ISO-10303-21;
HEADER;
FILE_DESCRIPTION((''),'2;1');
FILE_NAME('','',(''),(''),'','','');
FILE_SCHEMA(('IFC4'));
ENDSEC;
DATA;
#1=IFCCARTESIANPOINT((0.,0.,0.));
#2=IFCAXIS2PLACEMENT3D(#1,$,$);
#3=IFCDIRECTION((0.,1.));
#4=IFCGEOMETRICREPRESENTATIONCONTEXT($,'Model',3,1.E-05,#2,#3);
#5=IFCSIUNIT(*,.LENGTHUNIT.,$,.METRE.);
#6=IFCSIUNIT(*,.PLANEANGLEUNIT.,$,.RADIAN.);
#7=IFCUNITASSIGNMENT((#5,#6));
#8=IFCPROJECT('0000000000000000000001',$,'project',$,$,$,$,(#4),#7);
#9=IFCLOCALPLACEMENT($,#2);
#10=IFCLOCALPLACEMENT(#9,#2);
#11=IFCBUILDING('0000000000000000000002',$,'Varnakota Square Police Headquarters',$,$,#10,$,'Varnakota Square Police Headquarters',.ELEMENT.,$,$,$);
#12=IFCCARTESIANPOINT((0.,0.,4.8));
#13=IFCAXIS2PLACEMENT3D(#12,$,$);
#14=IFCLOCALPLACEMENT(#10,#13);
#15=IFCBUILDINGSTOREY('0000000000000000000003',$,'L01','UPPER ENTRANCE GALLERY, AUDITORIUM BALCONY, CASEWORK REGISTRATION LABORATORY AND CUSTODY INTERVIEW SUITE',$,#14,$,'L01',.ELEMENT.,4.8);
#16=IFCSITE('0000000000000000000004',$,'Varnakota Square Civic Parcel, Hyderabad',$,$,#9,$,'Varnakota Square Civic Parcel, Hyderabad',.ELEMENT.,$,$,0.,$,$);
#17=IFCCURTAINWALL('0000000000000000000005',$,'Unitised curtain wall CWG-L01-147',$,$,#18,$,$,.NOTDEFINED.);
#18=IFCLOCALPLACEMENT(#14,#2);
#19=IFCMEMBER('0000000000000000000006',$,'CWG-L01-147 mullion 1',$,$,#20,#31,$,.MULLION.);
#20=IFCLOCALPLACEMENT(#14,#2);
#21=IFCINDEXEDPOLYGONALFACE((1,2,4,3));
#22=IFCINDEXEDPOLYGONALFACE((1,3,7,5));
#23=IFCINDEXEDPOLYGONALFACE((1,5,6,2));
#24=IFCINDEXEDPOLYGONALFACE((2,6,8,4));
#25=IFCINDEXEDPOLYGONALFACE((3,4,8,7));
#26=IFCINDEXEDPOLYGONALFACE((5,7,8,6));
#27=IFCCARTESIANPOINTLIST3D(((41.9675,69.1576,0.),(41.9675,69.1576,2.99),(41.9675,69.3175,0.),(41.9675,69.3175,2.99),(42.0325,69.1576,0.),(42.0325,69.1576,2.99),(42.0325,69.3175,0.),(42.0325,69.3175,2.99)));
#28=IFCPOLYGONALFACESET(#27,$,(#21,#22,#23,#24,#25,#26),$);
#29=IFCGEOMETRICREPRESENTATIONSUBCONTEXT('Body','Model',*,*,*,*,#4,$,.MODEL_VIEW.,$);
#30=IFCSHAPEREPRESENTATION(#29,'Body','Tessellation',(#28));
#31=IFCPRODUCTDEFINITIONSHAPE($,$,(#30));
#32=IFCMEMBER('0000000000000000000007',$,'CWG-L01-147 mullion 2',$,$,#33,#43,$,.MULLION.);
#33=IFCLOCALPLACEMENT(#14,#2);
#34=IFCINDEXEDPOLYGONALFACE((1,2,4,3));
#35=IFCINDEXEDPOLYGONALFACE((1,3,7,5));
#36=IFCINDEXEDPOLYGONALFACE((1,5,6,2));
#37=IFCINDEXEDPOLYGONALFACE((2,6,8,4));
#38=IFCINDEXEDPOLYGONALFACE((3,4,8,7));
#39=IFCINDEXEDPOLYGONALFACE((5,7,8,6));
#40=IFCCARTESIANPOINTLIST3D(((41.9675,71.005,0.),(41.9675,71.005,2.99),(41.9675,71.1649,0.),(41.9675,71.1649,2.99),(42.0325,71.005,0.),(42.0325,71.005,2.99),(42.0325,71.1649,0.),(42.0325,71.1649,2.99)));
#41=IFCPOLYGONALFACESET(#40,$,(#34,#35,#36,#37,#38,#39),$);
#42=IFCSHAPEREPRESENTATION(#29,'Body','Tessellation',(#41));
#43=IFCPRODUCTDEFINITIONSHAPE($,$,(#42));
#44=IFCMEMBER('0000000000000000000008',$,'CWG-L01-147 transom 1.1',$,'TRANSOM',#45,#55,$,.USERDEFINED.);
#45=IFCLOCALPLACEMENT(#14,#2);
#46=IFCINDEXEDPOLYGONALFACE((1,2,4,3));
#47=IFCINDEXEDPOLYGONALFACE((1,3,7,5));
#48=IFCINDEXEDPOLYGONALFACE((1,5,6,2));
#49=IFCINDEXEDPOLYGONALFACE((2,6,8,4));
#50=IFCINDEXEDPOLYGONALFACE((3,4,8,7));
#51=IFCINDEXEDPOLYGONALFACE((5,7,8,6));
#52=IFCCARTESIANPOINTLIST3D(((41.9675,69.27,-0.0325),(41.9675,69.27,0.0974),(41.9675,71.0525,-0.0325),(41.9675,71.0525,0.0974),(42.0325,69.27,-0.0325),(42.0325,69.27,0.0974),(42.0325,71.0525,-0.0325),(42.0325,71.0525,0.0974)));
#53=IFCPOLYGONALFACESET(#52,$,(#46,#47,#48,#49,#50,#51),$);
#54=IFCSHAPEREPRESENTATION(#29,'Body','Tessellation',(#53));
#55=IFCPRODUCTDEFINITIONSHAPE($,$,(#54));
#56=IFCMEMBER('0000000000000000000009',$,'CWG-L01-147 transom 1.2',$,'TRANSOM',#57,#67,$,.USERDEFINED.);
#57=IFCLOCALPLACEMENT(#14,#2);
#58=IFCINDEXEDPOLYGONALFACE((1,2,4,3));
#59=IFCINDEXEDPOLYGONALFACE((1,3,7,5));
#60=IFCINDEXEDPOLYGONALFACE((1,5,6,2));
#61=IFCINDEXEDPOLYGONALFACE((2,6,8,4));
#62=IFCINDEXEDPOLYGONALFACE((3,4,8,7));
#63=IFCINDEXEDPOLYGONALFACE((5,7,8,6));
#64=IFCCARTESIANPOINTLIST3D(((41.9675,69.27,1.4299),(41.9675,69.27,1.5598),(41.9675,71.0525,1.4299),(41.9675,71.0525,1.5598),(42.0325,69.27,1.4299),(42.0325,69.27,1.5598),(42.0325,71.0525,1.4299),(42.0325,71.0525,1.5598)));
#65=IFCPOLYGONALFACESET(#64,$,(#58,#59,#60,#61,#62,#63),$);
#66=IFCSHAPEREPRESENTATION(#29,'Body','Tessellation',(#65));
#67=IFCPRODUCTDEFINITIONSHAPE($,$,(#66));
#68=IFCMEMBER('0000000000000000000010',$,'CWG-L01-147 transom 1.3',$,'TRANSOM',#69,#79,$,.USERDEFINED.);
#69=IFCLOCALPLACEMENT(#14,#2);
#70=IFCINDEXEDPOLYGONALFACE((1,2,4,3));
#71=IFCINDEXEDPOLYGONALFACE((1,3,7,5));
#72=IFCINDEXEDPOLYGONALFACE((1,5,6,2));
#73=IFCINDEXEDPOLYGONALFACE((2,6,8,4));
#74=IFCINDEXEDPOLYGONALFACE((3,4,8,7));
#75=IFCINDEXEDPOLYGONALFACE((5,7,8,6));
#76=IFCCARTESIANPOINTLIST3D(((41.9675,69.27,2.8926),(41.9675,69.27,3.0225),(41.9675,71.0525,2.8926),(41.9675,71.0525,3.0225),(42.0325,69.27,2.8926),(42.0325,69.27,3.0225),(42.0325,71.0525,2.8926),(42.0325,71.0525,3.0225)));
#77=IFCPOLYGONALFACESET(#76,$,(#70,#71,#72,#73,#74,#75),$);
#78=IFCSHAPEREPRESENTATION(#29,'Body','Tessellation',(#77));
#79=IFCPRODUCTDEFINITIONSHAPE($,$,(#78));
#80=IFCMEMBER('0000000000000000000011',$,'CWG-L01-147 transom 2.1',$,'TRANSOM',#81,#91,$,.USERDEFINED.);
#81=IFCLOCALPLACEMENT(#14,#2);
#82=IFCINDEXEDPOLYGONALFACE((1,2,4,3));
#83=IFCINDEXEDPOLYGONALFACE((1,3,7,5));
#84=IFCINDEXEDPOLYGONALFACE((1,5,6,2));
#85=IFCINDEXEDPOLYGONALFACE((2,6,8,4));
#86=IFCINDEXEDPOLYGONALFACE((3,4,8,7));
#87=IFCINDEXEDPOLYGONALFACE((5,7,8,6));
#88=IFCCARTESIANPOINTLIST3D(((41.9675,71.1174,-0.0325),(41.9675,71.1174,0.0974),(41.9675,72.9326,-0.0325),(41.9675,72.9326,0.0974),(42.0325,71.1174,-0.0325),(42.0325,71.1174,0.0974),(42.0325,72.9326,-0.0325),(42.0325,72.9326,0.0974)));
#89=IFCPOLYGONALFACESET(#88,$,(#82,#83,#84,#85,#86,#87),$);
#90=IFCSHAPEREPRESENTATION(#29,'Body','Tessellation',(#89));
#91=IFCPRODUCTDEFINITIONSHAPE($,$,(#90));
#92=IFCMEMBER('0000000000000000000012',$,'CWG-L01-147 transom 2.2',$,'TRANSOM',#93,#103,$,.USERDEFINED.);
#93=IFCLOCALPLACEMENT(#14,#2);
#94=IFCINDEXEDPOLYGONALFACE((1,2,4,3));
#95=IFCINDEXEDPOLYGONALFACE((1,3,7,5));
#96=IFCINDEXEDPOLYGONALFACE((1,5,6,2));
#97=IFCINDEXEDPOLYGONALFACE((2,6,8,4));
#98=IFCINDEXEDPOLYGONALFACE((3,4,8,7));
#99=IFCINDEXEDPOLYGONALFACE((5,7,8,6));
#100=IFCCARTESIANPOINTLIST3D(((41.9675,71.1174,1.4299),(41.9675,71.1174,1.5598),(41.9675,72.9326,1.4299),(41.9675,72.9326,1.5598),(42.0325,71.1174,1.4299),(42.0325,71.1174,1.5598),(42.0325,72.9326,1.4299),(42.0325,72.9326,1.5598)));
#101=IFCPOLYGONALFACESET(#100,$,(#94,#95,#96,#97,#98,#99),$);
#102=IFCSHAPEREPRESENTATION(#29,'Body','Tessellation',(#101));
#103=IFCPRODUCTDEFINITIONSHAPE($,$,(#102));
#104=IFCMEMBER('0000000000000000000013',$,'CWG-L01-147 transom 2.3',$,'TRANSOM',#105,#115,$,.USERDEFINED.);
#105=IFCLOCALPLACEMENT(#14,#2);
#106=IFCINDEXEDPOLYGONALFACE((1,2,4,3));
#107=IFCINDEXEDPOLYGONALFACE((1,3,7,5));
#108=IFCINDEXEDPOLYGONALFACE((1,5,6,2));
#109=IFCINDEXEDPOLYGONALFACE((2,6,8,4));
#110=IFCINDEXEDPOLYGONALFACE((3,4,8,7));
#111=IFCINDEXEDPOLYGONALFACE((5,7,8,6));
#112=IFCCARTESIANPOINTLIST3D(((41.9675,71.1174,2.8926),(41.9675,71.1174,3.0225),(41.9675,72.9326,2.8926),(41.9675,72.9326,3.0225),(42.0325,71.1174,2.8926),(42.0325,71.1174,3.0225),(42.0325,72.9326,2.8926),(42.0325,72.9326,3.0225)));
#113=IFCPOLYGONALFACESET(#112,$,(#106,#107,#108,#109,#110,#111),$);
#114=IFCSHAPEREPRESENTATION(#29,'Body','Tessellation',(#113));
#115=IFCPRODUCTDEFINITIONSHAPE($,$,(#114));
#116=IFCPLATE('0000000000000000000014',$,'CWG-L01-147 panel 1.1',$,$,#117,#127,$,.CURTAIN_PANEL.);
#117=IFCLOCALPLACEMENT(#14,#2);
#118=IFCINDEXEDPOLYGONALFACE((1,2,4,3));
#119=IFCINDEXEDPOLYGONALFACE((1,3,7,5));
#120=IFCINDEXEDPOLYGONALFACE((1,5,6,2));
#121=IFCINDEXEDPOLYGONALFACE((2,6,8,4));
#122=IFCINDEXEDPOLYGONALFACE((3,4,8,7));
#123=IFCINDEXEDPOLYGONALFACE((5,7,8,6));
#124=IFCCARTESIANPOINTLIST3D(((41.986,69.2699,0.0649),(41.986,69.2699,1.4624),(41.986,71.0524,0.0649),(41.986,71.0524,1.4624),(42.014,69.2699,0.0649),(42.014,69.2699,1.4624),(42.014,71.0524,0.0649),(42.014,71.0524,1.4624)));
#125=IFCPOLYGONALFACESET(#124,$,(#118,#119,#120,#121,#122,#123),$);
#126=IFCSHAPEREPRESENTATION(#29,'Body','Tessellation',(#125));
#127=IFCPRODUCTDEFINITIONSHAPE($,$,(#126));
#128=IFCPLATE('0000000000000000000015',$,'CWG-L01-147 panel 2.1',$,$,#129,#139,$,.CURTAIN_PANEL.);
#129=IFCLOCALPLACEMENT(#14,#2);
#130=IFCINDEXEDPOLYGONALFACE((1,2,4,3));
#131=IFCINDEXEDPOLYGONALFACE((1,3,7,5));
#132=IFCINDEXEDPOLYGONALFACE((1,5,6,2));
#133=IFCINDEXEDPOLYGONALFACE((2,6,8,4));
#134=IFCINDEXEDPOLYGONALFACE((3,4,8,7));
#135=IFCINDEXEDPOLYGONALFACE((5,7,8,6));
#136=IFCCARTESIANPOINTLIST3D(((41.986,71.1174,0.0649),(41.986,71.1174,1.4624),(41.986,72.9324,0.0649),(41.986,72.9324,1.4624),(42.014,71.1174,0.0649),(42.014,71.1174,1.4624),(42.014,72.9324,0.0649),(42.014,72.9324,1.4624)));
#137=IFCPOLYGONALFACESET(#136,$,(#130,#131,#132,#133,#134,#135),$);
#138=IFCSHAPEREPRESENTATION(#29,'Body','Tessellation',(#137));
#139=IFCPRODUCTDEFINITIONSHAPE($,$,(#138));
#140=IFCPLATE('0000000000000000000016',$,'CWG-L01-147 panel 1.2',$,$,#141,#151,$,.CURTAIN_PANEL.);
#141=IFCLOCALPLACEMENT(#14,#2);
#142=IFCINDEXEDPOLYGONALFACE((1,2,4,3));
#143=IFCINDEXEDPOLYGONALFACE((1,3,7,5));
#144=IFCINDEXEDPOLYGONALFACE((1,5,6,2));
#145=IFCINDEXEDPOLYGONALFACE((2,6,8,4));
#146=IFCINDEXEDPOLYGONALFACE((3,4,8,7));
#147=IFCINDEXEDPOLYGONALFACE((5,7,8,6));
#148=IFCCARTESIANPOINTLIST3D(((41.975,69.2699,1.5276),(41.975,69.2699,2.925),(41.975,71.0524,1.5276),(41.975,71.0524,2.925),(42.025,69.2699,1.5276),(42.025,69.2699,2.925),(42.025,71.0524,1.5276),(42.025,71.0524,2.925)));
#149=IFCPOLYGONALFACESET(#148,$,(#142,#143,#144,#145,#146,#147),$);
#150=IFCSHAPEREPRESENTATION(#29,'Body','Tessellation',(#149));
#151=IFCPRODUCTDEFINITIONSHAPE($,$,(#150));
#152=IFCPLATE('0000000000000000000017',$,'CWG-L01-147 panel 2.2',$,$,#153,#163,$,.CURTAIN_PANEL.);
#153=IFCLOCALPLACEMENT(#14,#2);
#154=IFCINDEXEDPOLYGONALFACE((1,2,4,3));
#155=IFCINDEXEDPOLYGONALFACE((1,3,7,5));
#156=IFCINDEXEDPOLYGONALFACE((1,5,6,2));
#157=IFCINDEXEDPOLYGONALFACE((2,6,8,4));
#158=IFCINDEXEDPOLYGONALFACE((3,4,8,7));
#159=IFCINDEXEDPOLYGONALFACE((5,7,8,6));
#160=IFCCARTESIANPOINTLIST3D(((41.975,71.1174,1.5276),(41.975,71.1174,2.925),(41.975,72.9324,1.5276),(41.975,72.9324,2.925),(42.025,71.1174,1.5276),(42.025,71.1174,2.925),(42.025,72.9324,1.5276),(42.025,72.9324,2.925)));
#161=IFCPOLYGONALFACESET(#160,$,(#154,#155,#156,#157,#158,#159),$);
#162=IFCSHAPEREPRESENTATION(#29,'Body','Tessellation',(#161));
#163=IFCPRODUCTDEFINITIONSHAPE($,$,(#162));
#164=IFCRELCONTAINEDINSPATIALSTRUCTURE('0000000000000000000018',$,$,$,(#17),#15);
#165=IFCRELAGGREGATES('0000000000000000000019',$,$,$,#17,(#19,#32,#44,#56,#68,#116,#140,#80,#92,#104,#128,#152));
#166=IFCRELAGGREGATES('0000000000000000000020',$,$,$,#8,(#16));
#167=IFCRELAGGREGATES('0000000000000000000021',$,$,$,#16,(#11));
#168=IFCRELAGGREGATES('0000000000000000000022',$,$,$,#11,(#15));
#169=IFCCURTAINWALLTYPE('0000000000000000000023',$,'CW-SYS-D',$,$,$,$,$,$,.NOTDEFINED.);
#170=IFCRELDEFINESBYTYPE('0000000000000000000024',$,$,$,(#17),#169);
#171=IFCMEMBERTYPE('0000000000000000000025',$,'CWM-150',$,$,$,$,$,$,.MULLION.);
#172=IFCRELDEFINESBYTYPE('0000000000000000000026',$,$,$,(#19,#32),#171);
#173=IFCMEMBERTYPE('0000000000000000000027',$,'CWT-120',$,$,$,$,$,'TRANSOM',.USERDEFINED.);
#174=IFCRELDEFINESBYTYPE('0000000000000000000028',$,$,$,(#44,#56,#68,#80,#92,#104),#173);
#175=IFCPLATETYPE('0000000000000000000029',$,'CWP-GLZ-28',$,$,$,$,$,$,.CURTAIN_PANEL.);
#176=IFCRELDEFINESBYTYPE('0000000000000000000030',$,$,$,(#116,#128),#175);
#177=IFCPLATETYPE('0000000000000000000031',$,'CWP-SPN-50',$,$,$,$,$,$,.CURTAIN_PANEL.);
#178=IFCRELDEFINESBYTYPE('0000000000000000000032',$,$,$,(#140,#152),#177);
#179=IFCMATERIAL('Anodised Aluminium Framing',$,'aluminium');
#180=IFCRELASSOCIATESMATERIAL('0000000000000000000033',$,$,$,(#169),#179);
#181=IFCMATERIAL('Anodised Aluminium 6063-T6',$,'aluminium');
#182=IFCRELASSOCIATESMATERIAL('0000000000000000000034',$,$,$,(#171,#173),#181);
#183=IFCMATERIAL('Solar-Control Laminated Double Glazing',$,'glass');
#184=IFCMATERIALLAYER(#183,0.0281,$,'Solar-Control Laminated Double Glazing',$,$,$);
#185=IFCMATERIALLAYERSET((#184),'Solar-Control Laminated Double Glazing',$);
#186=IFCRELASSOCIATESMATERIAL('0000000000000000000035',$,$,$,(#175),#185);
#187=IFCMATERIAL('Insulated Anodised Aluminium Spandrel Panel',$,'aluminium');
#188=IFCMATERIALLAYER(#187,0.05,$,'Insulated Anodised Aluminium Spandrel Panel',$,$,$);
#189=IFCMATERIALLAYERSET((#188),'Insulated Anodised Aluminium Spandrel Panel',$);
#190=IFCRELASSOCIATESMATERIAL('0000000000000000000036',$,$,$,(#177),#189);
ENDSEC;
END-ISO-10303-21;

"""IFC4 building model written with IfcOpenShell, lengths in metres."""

from ifc_helpers import new_model, si_unit, direction, frame, origin, origin_2d, place, context, subcontext, project, spatial, rectangle, extrude, material, layer, layer_set, material_profile, profile_set, type_object, element, aggregate, save


model = new_model("IFC4")

# Units and contexts
model_context = context("Model", 3, precision=1e-05, world=origin(), true_north=direction((0.0, 1.0)))
body_context = subcontext(model_context, "Body", "Model", "MODEL_VIEW")
ifc_project = project(units=[si_unit("LENGTHUNIT", "METRE"), si_unit("PLANEANGLEUNIT", "RADIAN")], contexts=[model_context])

# Site, building, storey
site_placement = place(None, origin())
site = spatial("IfcSite", under=ifc_project, at=site_placement, Name="Varnakota Square Civic Parcel, Hyderabad", LongName="Varnakota Square Civic Parcel, Hyderabad", CompositionType="ELEMENT", RefElevation=0.0)
building_placement = place(site_placement, origin())
building = spatial("IfcBuilding", under=site, at=building_placement, Name="Varnakota Square Police Headquarters", LongName="Varnakota Square Police Headquarters", CompositionType="ELEMENT")
storey_placement = place(building_placement, frame((0.0, 0.0, 4.8)))
storey = spatial("IfcBuildingStorey", under=building, at=storey_placement, Name="L01", Description="UPPER ENTRANCE GALLERY, AUDITORIUM BALCONY, CASEWORK REGISTRATION LABORATORY AND CUSTODY INTERVIEW SUITE", LongName="L01", CompositionType="ELEMENT", Elevation=4.8)

# Curtain wall, members, plates
ifc_material_1 = material(Name="Anodised Aluminium Framing", Category="aluminium")
curtain_wall_type = type_object("IfcCurtainWallType", Name="CW-SYS-D", PredefinedType="NOTDEFINED", material=ifc_material_1)
curtain_wall_placement = place(storey_placement, origin())
curtain_wall = element("IfcCurtainWall", 1, at=curtain_wall_placement, inside=storey, type_object=curtain_wall_type, Name="Unitised curtain wall CWG-L01-147", PredefinedType="NOTDEFINED")
ifc_material_2 = material(Name="Anodised Aluminium 6063-T6", Category="aluminium")
ifc_material_profile_1 = material_profile(ifc_material_2, rectangle(XDim=0.0649, YDim=0.1599, at=origin_2d()), Name="ALU MULLION 65x160")
ifc_profile_set_1 = profile_set([ifc_material_profile_1], Name="Anodised Aluminium 6063-T6")
member_type_1 = type_object("IfcMemberType", Name="CWM-150", PredefinedType="MULLION", material=ifc_profile_set_1)
member_1_placement = place(storey_placement, frame((42.0, 69.2375, 0.0), z_axis=(0.0, 0.0, 1.0), x_axis=(-1.0, 0.0, 0.0)))
member_1 = element("IfcMember", 2, at=member_1_placement, type_object=member_type_1, Name="CWG-L01-147 mullion 1", PredefinedType="MULLION", context=body_context, shape_type="SweptSolid", body=[
    extrude(rectangle(XDim=0.0649, YDim=0.1599, at=origin_2d()), origin(), (0.0, 0.0, 1.0), 2.99),
])
member_2_placement = place(storey_placement, frame((42.0, 71.085, 0.0), z_axis=(0.0, 0.0, 1.0), x_axis=(-1.0, 0.0, 0.0)))
member_2 = element("IfcMember", 3, at=member_2_placement, type_object=member_type_1, Name="CWG-L01-147 mullion 2", PredefinedType="MULLION", context=body_context, shape_type="SweptSolid", body=[
    extrude(rectangle(XDim=0.0649, YDim=0.1599, at=origin_2d()), origin(), (0.0, 0.0, 1.0), 2.99),
])
ifc_material_profile_2 = material_profile(ifc_material_2, rectangle(XDim=0.0649, YDim=0.1299, at=origin_2d()), Name="ALU TRANSOM 65x130")
ifc_profile_set_2 = profile_set([ifc_material_profile_2], Name="Anodised Aluminium 6063-T6")
member_type_2 = type_object("IfcMemberType", Name="CWT-120", ElementType="TRANSOM", PredefinedType="USERDEFINED", material=ifc_profile_set_2)
member_3_placement = place(storey_placement, frame((42.0, 69.27, 0.0325), z_axis=(0.0, 1.0, 0.0), x_axis=(-1.0, 0.0, 0.0)))
member_3 = element("IfcMember", 4, at=member_3_placement, type_object=member_type_2, Name="CWG-L01-147 transom 1.1", ObjectType="TRANSOM", PredefinedType="USERDEFINED", context=body_context, shape_type="SweptSolid", body=[
    extrude(rectangle(XDim=0.0649, YDim=0.1299, at=origin_2d()), origin(), (0.0, 0.0, 1.0), 1.7825),
])
member_4_placement = place(storey_placement, frame((42.0, 69.27, 1.4949), z_axis=(0.0, 1.0, 0.0), x_axis=(-1.0, 0.0, 0.0)))
member_4 = element("IfcMember", 5, at=member_4_placement, type_object=member_type_2, Name="CWG-L01-147 transom 1.2", ObjectType="TRANSOM", PredefinedType="USERDEFINED", context=body_context, shape_type="SweptSolid", body=[
    extrude(rectangle(XDim=0.0649, YDim=0.1299, at=origin_2d()), origin(), (0.0, 0.0, 1.0), 1.7825),
])
member_5_placement = place(storey_placement, frame((42.0, 69.27, 2.9575), z_axis=(0.0, 1.0, 0.0), x_axis=(-1.0, 0.0, 0.0)))
member_5 = element("IfcMember", 6, at=member_5_placement, type_object=member_type_2, Name="CWG-L01-147 transom 1.3", ObjectType="TRANSOM", PredefinedType="USERDEFINED", context=body_context, shape_type="SweptSolid", body=[
    extrude(rectangle(XDim=0.0649, YDim=0.1299, at=origin_2d()), origin(), (0.0, 0.0, 1.0), 1.7825),
])
member_6_placement = place(storey_placement, frame((42.0, 71.1174, 0.0325), z_axis=(0.0, 1.0, 0.0), x_axis=(-1.0, 0.0, 0.0)))
member_6 = element("IfcMember", 7, at=member_6_placement, type_object=member_type_2, Name="CWG-L01-147 transom 2.1", ObjectType="TRANSOM", PredefinedType="USERDEFINED", context=body_context, shape_type="SweptSolid", body=[
    extrude(rectangle(XDim=0.0649, YDim=0.1299, at=origin_2d()), origin(), (0.0, 0.0, 1.0), 1.8152),
])
member_7_placement = place(storey_placement, frame((42.0, 71.1174, 1.4949), z_axis=(0.0, 1.0, 0.0), x_axis=(-1.0, 0.0, 0.0)))
member_7 = element("IfcMember", 8, at=member_7_placement, type_object=member_type_2, Name="CWG-L01-147 transom 2.2", ObjectType="TRANSOM", PredefinedType="USERDEFINED", context=body_context, shape_type="SweptSolid", body=[
    extrude(rectangle(XDim=0.0649, YDim=0.1299, at=origin_2d()), origin(), (0.0, 0.0, 1.0), 1.8152),
])
member_8_placement = place(storey_placement, frame((42.0, 71.1174, 2.9575), z_axis=(0.0, 1.0, 0.0), x_axis=(-1.0, 0.0, 0.0)))
member_8 = element("IfcMember", 9, at=member_8_placement, type_object=member_type_2, Name="CWG-L01-147 transom 2.3", ObjectType="TRANSOM", PredefinedType="USERDEFINED", context=body_context, shape_type="SweptSolid", body=[
    extrude(rectangle(XDim=0.0649, YDim=0.1299, at=origin_2d()), origin(), (0.0, 0.0, 1.0), 1.8152),
])
ifc_material_3 = material(Name="Solar-Control Laminated Double Glazing", Category="glass")
ifc_layer_1 = layer(ifc_material_3, 0.0281, Name="Solar-Control Laminated Double Glazing")
ifc_layer_set_1 = layer_set([ifc_layer_1], Name="Solar-Control Laminated Double Glazing")
plate_type_1 = type_object("IfcPlateType", Name="CWP-GLZ-28", PredefinedType="CURTAIN_PANEL", material=ifc_layer_set_1)
plate_1_placement = place(storey_placement, frame((42.0, 70.1611, 0.0649), z_axis=(0.0, 0.0, 1.0), x_axis=(0.0, 1.0, 0.0)))
plate_1 = element("IfcPlate", 10, at=plate_1_placement, type_object=plate_type_1, Name="CWG-L01-147 panel 1.1", PredefinedType="CURTAIN_PANEL", context=body_context, shape_type="SweptSolid", body=[
    extrude(rectangle(XDim=1.7825, YDim=0.0281, at=origin_2d()), origin(), (0.0, 0.0, 1.0), 1.3975),
])
plate_2_placement = place(storey_placement, frame((42.0, 72.0249, 0.0649), z_axis=(0.0, 0.0, 1.0), x_axis=(0.0, 1.0, 0.0)))
plate_2 = element("IfcPlate", 11, at=plate_2_placement, type_object=plate_type_1, Name="CWG-L01-147 panel 2.1", PredefinedType="CURTAIN_PANEL", context=body_context, shape_type="SweptSolid", body=[
    extrude(rectangle(XDim=1.8149, YDim=0.0281, at=origin_2d()), origin(), (0.0, 0.0, 1.0), 1.3975),
])
ifc_material_4 = material(Name="Insulated Anodised Aluminium Spandrel Panel", Category="aluminium")
ifc_layer_2 = layer(ifc_material_4, 0.05, Name="Insulated Anodised Aluminium Spandrel Panel")
ifc_layer_set_2 = layer_set([ifc_layer_2], Name="Insulated Anodised Aluminium Spandrel Panel")
plate_type_2 = type_object("IfcPlateType", Name="CWP-SPN-50", PredefinedType="CURTAIN_PANEL", material=ifc_layer_set_2)
plate_3_placement = place(storey_placement, frame((42.0, 70.1611, 1.5276), z_axis=(0.0, 0.0, 1.0), x_axis=(0.0, 1.0, 0.0)))
plate_3 = element("IfcPlate", 12, at=plate_3_placement, type_object=plate_type_2, Name="CWG-L01-147 panel 1.2", PredefinedType="CURTAIN_PANEL", context=body_context, shape_type="SweptSolid", body=[
    extrude(rectangle(XDim=1.7825, YDim=0.05, at=origin_2d()), origin(), (0.0, 0.0, 1.0), 1.3975),
])
plate_4_placement = place(storey_placement, frame((42.0, 72.0249, 1.5276), z_axis=(0.0, 0.0, 1.0), x_axis=(0.0, 1.0, 0.0)))
plate_4 = element("IfcPlate", 13, at=plate_4_placement, type_object=plate_type_2, Name="CWG-L01-147 panel 2.2", PredefinedType="CURTAIN_PANEL", context=body_context, shape_type="SweptSolid", body=[
    extrude(rectangle(XDim=1.8149, YDim=0.05, at=origin_2d()), origin(), (0.0, 0.0, 1.0), 1.3975),
])
aggregate(curtain_wall, [member_1, member_2, member_3, member_4, member_5, plate_1, plate_3, member_6, member_7, member_8, plate_2, plate_4])

save(model, "model.ifc")
